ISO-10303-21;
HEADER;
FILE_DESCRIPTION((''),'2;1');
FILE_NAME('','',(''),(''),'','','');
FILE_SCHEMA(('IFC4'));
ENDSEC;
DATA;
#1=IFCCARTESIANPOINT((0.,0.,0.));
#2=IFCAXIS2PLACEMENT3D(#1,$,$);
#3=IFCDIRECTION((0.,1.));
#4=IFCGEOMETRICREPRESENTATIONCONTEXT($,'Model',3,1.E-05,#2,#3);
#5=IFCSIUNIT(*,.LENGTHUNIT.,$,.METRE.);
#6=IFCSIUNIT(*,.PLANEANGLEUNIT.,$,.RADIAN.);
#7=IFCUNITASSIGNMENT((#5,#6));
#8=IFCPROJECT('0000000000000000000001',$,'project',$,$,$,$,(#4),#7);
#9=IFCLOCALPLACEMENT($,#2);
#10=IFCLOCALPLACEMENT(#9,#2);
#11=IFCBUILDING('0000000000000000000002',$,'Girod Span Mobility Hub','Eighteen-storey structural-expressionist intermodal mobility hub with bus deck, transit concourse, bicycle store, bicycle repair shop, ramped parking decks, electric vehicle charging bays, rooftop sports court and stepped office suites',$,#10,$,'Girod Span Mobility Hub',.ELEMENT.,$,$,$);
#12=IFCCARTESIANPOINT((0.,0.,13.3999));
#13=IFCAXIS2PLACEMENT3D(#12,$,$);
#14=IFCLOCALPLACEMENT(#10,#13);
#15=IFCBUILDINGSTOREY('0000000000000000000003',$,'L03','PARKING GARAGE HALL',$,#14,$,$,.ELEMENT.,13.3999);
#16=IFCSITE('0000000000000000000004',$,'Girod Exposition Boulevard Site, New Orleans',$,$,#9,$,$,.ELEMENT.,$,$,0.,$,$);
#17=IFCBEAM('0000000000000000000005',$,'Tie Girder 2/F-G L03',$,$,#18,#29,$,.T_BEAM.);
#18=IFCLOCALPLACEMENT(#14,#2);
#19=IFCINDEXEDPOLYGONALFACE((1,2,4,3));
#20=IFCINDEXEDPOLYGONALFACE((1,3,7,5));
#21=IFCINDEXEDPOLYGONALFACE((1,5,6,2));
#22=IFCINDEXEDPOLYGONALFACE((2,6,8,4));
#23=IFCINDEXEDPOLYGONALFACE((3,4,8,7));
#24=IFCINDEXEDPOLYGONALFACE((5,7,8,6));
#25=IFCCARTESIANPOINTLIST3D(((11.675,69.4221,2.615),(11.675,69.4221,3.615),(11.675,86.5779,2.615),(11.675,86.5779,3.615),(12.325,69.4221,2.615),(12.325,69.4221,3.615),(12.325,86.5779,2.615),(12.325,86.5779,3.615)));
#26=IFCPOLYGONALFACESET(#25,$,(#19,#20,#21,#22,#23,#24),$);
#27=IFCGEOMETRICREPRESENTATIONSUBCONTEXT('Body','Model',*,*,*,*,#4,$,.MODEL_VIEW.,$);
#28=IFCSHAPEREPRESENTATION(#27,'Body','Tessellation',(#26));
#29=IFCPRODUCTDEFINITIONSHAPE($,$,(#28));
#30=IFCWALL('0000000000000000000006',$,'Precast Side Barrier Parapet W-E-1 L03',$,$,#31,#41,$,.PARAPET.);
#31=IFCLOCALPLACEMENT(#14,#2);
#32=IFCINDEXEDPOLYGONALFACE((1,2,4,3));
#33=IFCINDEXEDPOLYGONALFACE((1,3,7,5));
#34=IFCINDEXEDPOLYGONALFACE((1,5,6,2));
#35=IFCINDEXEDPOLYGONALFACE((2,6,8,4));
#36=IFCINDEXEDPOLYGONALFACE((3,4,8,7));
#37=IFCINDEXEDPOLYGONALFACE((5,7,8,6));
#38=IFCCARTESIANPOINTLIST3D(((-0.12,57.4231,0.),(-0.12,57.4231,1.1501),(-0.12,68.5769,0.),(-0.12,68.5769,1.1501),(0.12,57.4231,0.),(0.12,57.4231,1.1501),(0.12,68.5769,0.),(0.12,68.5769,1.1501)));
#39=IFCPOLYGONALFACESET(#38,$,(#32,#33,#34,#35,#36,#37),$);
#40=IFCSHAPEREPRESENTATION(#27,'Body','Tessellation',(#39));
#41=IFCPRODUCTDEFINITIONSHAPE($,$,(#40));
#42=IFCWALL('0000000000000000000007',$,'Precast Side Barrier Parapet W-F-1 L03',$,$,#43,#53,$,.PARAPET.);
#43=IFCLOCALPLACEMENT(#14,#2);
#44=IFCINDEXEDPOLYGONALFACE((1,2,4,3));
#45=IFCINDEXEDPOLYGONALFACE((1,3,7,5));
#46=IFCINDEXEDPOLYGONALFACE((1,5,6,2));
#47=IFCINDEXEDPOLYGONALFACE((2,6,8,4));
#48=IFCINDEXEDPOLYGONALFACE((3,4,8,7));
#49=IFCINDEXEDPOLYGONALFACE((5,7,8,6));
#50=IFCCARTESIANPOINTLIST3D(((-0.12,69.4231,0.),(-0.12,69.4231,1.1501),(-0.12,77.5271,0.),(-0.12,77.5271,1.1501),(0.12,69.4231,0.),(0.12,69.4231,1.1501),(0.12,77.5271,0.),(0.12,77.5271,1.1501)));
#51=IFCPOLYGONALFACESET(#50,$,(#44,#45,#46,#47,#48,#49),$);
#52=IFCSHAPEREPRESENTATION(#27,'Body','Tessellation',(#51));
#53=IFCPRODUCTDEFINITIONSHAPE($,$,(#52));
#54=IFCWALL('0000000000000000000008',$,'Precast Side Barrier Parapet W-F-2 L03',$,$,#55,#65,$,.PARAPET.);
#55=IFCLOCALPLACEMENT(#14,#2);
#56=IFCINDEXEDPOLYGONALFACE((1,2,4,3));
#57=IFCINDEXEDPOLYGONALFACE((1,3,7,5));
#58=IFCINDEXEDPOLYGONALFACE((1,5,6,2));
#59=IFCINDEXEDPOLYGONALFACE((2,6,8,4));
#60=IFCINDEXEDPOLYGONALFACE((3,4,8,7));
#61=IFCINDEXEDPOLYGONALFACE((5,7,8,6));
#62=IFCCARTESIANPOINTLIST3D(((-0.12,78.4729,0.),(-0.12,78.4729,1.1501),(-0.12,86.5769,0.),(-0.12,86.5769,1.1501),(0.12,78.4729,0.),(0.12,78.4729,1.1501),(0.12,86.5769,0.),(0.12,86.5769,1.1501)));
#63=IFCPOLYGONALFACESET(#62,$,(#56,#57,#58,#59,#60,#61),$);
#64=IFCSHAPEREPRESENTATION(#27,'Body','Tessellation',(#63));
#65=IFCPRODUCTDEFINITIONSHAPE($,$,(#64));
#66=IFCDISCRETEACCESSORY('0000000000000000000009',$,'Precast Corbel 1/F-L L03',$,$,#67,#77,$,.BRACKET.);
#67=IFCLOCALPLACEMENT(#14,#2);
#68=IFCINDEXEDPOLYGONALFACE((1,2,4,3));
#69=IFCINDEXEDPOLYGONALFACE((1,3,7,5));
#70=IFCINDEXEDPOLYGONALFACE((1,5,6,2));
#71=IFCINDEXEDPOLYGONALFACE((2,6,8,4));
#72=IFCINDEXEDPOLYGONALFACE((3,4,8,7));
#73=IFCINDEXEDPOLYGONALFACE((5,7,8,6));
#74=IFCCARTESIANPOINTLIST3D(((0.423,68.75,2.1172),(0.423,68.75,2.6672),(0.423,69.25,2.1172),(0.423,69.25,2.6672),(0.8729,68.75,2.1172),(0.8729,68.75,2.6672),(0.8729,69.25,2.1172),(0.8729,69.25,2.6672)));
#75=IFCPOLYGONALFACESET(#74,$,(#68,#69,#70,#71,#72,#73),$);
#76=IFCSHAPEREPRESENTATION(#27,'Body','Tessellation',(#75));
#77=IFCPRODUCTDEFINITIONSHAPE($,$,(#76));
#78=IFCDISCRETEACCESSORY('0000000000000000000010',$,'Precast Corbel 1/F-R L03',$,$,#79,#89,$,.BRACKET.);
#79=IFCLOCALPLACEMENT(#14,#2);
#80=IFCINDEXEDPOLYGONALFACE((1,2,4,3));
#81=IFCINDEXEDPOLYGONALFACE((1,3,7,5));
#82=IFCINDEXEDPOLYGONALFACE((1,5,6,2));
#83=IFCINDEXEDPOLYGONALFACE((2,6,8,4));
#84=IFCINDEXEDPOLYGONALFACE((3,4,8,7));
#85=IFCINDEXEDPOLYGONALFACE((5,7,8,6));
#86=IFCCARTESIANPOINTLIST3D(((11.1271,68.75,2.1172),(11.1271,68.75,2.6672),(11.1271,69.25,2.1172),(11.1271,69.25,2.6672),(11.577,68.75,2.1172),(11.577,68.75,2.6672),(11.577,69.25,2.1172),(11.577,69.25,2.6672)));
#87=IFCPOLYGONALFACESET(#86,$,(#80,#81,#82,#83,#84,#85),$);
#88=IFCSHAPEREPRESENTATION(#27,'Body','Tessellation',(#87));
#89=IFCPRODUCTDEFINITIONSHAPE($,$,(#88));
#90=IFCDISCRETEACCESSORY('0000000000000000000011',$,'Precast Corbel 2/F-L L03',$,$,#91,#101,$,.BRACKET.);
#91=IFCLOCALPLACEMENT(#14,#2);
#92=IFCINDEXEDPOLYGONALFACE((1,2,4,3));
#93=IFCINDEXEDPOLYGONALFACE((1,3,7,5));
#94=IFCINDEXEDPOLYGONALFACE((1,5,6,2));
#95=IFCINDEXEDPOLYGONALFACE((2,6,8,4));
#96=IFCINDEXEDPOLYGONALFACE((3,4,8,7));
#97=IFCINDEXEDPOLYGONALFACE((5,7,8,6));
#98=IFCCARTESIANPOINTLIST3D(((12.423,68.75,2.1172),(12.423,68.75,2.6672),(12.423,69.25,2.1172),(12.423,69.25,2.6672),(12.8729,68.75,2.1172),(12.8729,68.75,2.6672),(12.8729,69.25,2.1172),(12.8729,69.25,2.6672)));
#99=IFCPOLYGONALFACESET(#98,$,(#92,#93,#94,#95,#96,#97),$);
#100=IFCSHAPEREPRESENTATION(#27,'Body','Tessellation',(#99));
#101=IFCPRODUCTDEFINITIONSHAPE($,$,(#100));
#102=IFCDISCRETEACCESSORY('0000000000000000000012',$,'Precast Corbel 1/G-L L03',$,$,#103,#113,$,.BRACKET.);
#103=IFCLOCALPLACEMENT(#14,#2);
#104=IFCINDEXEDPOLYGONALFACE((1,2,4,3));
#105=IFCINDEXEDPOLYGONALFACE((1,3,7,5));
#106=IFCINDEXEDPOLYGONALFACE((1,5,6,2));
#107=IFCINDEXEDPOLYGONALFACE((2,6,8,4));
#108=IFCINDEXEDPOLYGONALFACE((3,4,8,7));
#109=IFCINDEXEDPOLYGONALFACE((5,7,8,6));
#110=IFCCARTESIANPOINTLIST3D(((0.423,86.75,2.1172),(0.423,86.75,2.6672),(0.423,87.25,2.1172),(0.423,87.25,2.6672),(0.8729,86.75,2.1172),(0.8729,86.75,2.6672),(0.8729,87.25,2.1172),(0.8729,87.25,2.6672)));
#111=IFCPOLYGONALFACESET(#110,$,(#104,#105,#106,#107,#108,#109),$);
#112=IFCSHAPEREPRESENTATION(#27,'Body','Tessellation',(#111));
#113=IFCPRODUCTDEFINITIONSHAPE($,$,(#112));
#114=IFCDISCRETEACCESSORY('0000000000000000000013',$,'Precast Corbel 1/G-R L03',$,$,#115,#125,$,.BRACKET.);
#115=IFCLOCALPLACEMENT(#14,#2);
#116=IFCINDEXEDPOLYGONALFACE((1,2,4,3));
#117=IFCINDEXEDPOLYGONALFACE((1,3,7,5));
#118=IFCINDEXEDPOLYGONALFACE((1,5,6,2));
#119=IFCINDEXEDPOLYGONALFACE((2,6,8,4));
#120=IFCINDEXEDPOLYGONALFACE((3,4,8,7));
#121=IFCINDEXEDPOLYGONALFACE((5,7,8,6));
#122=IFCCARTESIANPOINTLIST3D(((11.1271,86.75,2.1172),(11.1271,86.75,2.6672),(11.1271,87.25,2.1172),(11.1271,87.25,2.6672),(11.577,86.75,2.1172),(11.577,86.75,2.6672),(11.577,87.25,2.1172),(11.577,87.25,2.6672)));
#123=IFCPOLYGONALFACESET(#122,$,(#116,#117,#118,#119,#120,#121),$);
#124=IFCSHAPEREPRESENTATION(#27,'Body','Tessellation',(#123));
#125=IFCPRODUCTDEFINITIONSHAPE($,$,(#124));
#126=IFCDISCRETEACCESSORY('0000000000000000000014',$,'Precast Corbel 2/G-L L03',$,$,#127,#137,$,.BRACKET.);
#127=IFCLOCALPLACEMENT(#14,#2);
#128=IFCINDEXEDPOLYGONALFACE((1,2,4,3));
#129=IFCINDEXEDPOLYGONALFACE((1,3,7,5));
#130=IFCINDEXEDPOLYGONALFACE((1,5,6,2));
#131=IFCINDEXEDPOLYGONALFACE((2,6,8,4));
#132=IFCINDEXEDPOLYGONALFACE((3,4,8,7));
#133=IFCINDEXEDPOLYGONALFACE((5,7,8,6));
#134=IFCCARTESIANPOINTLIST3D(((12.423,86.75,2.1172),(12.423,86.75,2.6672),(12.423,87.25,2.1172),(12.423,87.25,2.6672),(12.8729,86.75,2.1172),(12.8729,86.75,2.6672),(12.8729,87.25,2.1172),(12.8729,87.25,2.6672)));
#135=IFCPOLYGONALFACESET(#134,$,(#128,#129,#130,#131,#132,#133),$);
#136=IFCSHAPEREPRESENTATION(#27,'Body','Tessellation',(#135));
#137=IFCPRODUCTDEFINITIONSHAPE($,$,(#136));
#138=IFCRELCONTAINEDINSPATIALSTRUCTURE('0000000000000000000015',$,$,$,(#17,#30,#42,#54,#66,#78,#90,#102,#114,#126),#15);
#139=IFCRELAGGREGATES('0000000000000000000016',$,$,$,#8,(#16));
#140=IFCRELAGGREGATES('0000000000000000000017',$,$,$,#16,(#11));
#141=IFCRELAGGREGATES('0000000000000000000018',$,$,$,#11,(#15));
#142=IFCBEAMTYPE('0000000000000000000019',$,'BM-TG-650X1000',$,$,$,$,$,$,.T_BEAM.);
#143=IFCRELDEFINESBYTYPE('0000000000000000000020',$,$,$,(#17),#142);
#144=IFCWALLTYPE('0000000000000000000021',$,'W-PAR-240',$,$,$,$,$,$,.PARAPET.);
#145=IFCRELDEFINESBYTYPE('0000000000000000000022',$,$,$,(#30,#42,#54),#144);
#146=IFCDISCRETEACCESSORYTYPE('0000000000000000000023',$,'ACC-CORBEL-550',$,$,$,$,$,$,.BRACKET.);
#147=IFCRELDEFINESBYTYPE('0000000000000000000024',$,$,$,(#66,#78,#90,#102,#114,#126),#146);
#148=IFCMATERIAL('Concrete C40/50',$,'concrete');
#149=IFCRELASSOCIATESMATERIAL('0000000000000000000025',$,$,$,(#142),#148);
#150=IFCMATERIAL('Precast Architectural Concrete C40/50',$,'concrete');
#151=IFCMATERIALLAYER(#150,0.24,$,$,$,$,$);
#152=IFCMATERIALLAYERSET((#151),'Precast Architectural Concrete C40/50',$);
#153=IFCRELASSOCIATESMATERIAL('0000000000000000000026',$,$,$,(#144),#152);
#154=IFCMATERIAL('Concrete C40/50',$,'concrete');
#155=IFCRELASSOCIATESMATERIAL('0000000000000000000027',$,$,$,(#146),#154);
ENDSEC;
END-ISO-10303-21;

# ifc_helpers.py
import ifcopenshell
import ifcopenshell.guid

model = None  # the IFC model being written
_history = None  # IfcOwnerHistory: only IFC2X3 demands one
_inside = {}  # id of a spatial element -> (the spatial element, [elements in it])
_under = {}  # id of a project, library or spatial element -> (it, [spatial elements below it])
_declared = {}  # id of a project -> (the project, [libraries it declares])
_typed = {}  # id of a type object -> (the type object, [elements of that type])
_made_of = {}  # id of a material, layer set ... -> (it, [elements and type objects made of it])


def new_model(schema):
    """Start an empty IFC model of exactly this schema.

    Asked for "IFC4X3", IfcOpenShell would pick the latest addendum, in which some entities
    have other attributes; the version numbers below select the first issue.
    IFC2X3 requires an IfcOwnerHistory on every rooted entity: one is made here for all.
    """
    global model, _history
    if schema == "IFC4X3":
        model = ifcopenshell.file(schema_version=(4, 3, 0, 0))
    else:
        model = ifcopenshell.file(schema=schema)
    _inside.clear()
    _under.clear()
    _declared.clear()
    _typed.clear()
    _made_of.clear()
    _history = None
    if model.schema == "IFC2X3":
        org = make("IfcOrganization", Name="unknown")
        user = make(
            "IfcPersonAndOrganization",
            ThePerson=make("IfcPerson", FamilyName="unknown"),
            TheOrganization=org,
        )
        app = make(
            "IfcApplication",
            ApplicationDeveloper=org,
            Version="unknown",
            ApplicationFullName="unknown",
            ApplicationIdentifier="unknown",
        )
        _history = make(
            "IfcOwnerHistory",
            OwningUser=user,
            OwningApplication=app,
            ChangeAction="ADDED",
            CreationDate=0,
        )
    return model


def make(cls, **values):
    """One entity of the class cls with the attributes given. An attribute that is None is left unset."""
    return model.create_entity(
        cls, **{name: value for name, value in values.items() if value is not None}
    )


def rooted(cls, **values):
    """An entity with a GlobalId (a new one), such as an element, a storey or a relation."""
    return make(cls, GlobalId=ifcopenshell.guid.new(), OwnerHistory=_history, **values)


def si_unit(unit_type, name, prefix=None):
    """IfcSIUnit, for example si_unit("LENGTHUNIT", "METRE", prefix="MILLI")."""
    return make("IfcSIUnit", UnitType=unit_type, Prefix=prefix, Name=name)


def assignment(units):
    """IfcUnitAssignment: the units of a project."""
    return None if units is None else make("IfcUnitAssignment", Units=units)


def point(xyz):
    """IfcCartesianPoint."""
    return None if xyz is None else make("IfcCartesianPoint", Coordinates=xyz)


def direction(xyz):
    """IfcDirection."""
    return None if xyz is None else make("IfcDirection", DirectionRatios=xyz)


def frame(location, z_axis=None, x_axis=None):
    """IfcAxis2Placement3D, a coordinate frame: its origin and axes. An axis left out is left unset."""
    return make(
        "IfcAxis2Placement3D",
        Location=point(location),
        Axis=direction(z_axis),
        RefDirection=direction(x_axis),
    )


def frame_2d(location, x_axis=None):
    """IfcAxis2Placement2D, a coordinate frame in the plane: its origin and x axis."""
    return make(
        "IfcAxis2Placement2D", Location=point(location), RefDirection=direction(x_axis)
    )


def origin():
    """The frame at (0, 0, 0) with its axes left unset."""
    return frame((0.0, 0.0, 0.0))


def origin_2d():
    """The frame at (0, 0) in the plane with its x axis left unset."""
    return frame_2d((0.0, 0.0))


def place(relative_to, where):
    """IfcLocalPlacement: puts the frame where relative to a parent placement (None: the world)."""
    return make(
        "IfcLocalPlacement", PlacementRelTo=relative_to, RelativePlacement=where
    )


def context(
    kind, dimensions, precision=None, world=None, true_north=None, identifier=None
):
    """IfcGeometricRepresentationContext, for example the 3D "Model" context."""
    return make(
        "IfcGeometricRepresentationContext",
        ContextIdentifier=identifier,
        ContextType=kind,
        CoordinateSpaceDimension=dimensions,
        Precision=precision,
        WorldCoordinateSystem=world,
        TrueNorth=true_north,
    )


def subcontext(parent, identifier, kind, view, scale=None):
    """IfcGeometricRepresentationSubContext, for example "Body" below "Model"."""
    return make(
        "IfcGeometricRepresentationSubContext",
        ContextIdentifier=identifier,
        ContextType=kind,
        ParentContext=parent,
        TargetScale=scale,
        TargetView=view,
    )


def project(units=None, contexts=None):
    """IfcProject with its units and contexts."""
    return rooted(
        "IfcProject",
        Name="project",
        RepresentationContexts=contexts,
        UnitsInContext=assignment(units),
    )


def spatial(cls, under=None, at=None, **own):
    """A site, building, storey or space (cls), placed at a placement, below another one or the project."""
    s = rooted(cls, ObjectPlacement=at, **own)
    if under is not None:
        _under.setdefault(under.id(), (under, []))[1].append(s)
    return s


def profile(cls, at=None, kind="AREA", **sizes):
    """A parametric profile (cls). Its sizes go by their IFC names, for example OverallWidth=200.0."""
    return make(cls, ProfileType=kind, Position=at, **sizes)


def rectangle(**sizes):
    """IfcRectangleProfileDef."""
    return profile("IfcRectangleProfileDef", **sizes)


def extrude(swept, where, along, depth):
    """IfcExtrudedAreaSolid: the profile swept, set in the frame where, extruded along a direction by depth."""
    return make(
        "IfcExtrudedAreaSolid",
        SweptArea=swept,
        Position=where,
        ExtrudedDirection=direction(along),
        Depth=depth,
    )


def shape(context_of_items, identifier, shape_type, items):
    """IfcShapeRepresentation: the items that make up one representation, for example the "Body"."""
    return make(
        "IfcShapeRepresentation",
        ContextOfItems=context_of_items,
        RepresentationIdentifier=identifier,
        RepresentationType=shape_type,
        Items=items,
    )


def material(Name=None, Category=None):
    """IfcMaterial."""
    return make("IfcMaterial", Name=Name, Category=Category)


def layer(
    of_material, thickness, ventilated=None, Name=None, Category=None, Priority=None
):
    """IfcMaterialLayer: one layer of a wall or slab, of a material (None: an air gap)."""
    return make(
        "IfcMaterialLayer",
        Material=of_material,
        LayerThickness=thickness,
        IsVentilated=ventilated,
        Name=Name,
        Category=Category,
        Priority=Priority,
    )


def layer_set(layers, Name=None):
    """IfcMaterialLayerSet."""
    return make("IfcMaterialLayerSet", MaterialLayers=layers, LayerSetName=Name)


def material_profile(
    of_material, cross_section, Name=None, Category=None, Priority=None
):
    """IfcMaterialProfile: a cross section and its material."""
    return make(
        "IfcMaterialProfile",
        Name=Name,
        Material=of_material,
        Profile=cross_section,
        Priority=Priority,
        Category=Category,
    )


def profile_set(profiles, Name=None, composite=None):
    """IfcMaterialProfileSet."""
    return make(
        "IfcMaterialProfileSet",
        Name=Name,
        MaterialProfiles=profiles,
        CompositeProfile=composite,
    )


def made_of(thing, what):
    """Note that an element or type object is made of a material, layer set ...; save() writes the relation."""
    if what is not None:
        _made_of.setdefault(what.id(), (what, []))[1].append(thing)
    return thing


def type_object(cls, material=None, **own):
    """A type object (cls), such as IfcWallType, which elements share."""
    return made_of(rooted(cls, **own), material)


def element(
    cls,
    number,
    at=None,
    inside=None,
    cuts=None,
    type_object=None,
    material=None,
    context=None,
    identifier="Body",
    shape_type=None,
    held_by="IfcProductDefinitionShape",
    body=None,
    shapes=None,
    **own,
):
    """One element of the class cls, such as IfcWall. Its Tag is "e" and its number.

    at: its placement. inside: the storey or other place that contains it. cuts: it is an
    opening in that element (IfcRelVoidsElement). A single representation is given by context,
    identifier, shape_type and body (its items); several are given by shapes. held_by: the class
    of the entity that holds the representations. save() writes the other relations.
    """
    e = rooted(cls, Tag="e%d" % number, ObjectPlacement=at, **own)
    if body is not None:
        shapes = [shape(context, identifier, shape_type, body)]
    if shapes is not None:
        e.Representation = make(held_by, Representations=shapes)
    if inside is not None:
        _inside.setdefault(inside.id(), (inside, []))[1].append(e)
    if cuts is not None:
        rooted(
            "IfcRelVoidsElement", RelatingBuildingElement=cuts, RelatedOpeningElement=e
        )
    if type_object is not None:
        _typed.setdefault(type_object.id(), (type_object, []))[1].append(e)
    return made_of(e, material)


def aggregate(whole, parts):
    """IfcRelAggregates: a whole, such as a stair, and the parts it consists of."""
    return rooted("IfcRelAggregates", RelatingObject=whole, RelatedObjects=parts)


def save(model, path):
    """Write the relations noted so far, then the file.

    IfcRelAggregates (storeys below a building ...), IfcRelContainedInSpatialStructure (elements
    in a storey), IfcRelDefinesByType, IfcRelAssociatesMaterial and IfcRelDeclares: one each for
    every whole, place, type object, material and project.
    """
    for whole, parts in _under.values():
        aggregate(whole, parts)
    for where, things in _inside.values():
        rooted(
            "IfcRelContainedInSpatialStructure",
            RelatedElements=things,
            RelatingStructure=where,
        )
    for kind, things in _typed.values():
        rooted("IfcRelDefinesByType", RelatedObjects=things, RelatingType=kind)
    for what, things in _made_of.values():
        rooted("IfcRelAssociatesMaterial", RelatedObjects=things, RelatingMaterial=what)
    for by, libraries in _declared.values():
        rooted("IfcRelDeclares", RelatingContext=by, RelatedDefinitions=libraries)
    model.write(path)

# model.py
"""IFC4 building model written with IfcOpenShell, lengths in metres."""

from ifc_helpers import new_model, si_unit, direction, frame, frame_2d, origin, origin_2d, place, context, subcontext, project, spatial, rectangle, extrude, material, layer, layer_set, material_profile, profile_set, type_object, element, save


model = new_model("IFC4")

# Units and contexts
model_context = context("Model", 3, precision=1e-05, world=origin(), true_north=direction((0.0, 1.0)))
body_context = subcontext(model_context, "Body", "Model", "MODEL_VIEW")
ifc_project = project(units=[si_unit("LENGTHUNIT", "METRE"), si_unit("PLANEANGLEUNIT", "RADIAN")], contexts=[model_context])

# Site, building, storey
site_placement = place(None, origin())
site = spatial("IfcSite", under=ifc_project, at=site_placement, Name="Girod Exposition Boulevard Site, New Orleans", CompositionType="ELEMENT", RefElevation=0.0)
building_placement = place(site_placement, origin())
building = spatial("IfcBuilding", under=site, at=building_placement, Name="Girod Span Mobility Hub", Description="Eighteen-storey structural-expressionist intermodal mobility hub with bus deck, transit concourse, bicycle store, bicycle repair shop, ramped parking decks, electric vehicle charging bays, rooftop sports court and stepped office suites", LongName="Girod Span Mobility Hub", CompositionType="ELEMENT")
storey_placement = place(building_placement, frame((0.0, 0.0, 13.3999)))
storey = spatial("IfcBuildingStorey", under=building, at=storey_placement, Name="L03", Description="PARKING GARAGE HALL", CompositionType="ELEMENT", Elevation=13.3999)

# Beam
ifc_material_1 = material(Name="Concrete C40/50", Category="concrete")
ifc_material_profile_1 = material_profile(ifc_material_1, rectangle(XDim=0.6499, YDim=1.0, at=origin_2d()), Name="TG-650X1000")
ifc_profile_set_1 = profile_set([ifc_material_profile_1], Name="Concrete C40/50")
beam_type_1 = type_object("IfcBeamType", Name="BM-TG-650X1000", PredefinedType="T_BEAM", material=ifc_profile_set_1)
beam_1_placement = place(storey_placement, frame((12.0, 69.4221, 3.115), z_axis=(0.0, 1.0, 0.0), x_axis=(-1.0, 0.0, 0.0)))
element("IfcBeam", 1, at=beam_1_placement, inside=storey, type_object=beam_type_1, Name="Tie Girder 2/F-G L03", PredefinedType="T_BEAM", context=body_context, shape_type="SweptSolid", body=[
    extrude(rectangle(XDim=0.6499, YDim=1.0, at=origin_2d()), origin(), (0.0, 0.0, 1.0), 17.1558),
])

# Walls
ifc_material_2 = material(Name="Precast Architectural Concrete C40/50", Category="concrete")
ifc_layer = layer(ifc_material_2, 0.24)
ifc_layer_set = layer_set([ifc_layer], Name="Precast Architectural Concrete C40/50")
wall_type = type_object("IfcWallType", Name="W-PAR-240", PredefinedType="PARAPET", material=ifc_layer_set)
wall_placement = place(storey_placement, frame((0.0, 57.4231, 0.0), z_axis=(0.0, 0.0, 1.0), x_axis=(0.0, 1.0, 0.0)))
element("IfcWall", 2, at=wall_placement, inside=storey, type_object=wall_type, Name="Precast Side Barrier Parapet W-E-1 L03", PredefinedType="PARAPET", context=body_context, shape_type="SweptSolid", body=[
    extrude(rectangle(XDim=11.1538, YDim=0.24, at=frame_2d((5.5769, 0.0))), origin(), (0.0, 0.0, 1.0), 1.1501),
])
for number, where, z_axis, x_axis, name in (
    (3, (0.0, 69.4231, 0.0), (0.0, 0.0, 1.0), (0.0, 1.0, 0.0), "Precast Side Barrier Parapet W-F-1 L03"),
    (4, (0.0, 78.4729, 0.0), (0.0, 0.0, 1.0), (0.0, 1.0, 0.0), "Precast Side Barrier Parapet W-F-2 L03"),
):
    element("IfcWall", number, at=place(storey_placement, frame(where, z_axis=z_axis, x_axis=x_axis)), inside=storey, type_object=wall_type, Name=name, PredefinedType="PARAPET", context=body_context, shape_type="SweptSolid", body=[
        extrude(rectangle(XDim=8.104, YDim=0.24, at=frame_2d((4.052, 0.0))), origin(), (0.0, 0.0, 1.0), 1.1501),
    ])

# Discrete accessories
ifc_material_3 = material(Name="Concrete C40/50", Category="concrete")
discrete_accessory_type = type_object("IfcDiscreteAccessoryType", Name="ACC-CORBEL-550", PredefinedType="BRACKET", material=ifc_material_3)
for number, where, z_axis, x_axis, name in (
    (5, (0.6479, 69.0, 2.1172), (0.0, 0.0, 1.0), (1.0, 0.0, 0.0), "Precast Corbel 1/F-L L03"),
    (6, (11.3521, 69.0, 2.1172), (0.0, 0.0, 1.0), (1.0, 0.0, 0.0), "Precast Corbel 1/F-R L03"),
    (7, (12.6479, 69.0, 2.1172), (0.0, 0.0, 1.0), (1.0, 0.0, 0.0), "Precast Corbel 2/F-L L03"),
    (8, (0.6479, 87.0, 2.1172), (0.0, 0.0, 1.0), (1.0, 0.0, 0.0), "Precast Corbel 1/G-L L03"),
    (9, (11.3521, 87.0, 2.1172), (0.0, 0.0, 1.0), (1.0, 0.0, 0.0), "Precast Corbel 1/G-R L03"),
    (10, (12.6479, 87.0, 2.1172), (0.0, 0.0, 1.0), (1.0, 0.0, 0.0), "Precast Corbel 2/G-L L03"),
):
    element("IfcDiscreteAccessory", number, at=place(storey_placement, frame(where, z_axis=z_axis, x_axis=x_axis)), inside=storey, type_object=discrete_accessory_type, Name=name, PredefinedType="BRACKET", context=body_context, shape_type="SweptSolid", body=[
        extrude(rectangle(XDim=0.45, YDim=0.5, at=origin_2d()), origin(), (0.0, 0.0, 1.0), 0.55),
    ])

save(model, "model.ifc")
